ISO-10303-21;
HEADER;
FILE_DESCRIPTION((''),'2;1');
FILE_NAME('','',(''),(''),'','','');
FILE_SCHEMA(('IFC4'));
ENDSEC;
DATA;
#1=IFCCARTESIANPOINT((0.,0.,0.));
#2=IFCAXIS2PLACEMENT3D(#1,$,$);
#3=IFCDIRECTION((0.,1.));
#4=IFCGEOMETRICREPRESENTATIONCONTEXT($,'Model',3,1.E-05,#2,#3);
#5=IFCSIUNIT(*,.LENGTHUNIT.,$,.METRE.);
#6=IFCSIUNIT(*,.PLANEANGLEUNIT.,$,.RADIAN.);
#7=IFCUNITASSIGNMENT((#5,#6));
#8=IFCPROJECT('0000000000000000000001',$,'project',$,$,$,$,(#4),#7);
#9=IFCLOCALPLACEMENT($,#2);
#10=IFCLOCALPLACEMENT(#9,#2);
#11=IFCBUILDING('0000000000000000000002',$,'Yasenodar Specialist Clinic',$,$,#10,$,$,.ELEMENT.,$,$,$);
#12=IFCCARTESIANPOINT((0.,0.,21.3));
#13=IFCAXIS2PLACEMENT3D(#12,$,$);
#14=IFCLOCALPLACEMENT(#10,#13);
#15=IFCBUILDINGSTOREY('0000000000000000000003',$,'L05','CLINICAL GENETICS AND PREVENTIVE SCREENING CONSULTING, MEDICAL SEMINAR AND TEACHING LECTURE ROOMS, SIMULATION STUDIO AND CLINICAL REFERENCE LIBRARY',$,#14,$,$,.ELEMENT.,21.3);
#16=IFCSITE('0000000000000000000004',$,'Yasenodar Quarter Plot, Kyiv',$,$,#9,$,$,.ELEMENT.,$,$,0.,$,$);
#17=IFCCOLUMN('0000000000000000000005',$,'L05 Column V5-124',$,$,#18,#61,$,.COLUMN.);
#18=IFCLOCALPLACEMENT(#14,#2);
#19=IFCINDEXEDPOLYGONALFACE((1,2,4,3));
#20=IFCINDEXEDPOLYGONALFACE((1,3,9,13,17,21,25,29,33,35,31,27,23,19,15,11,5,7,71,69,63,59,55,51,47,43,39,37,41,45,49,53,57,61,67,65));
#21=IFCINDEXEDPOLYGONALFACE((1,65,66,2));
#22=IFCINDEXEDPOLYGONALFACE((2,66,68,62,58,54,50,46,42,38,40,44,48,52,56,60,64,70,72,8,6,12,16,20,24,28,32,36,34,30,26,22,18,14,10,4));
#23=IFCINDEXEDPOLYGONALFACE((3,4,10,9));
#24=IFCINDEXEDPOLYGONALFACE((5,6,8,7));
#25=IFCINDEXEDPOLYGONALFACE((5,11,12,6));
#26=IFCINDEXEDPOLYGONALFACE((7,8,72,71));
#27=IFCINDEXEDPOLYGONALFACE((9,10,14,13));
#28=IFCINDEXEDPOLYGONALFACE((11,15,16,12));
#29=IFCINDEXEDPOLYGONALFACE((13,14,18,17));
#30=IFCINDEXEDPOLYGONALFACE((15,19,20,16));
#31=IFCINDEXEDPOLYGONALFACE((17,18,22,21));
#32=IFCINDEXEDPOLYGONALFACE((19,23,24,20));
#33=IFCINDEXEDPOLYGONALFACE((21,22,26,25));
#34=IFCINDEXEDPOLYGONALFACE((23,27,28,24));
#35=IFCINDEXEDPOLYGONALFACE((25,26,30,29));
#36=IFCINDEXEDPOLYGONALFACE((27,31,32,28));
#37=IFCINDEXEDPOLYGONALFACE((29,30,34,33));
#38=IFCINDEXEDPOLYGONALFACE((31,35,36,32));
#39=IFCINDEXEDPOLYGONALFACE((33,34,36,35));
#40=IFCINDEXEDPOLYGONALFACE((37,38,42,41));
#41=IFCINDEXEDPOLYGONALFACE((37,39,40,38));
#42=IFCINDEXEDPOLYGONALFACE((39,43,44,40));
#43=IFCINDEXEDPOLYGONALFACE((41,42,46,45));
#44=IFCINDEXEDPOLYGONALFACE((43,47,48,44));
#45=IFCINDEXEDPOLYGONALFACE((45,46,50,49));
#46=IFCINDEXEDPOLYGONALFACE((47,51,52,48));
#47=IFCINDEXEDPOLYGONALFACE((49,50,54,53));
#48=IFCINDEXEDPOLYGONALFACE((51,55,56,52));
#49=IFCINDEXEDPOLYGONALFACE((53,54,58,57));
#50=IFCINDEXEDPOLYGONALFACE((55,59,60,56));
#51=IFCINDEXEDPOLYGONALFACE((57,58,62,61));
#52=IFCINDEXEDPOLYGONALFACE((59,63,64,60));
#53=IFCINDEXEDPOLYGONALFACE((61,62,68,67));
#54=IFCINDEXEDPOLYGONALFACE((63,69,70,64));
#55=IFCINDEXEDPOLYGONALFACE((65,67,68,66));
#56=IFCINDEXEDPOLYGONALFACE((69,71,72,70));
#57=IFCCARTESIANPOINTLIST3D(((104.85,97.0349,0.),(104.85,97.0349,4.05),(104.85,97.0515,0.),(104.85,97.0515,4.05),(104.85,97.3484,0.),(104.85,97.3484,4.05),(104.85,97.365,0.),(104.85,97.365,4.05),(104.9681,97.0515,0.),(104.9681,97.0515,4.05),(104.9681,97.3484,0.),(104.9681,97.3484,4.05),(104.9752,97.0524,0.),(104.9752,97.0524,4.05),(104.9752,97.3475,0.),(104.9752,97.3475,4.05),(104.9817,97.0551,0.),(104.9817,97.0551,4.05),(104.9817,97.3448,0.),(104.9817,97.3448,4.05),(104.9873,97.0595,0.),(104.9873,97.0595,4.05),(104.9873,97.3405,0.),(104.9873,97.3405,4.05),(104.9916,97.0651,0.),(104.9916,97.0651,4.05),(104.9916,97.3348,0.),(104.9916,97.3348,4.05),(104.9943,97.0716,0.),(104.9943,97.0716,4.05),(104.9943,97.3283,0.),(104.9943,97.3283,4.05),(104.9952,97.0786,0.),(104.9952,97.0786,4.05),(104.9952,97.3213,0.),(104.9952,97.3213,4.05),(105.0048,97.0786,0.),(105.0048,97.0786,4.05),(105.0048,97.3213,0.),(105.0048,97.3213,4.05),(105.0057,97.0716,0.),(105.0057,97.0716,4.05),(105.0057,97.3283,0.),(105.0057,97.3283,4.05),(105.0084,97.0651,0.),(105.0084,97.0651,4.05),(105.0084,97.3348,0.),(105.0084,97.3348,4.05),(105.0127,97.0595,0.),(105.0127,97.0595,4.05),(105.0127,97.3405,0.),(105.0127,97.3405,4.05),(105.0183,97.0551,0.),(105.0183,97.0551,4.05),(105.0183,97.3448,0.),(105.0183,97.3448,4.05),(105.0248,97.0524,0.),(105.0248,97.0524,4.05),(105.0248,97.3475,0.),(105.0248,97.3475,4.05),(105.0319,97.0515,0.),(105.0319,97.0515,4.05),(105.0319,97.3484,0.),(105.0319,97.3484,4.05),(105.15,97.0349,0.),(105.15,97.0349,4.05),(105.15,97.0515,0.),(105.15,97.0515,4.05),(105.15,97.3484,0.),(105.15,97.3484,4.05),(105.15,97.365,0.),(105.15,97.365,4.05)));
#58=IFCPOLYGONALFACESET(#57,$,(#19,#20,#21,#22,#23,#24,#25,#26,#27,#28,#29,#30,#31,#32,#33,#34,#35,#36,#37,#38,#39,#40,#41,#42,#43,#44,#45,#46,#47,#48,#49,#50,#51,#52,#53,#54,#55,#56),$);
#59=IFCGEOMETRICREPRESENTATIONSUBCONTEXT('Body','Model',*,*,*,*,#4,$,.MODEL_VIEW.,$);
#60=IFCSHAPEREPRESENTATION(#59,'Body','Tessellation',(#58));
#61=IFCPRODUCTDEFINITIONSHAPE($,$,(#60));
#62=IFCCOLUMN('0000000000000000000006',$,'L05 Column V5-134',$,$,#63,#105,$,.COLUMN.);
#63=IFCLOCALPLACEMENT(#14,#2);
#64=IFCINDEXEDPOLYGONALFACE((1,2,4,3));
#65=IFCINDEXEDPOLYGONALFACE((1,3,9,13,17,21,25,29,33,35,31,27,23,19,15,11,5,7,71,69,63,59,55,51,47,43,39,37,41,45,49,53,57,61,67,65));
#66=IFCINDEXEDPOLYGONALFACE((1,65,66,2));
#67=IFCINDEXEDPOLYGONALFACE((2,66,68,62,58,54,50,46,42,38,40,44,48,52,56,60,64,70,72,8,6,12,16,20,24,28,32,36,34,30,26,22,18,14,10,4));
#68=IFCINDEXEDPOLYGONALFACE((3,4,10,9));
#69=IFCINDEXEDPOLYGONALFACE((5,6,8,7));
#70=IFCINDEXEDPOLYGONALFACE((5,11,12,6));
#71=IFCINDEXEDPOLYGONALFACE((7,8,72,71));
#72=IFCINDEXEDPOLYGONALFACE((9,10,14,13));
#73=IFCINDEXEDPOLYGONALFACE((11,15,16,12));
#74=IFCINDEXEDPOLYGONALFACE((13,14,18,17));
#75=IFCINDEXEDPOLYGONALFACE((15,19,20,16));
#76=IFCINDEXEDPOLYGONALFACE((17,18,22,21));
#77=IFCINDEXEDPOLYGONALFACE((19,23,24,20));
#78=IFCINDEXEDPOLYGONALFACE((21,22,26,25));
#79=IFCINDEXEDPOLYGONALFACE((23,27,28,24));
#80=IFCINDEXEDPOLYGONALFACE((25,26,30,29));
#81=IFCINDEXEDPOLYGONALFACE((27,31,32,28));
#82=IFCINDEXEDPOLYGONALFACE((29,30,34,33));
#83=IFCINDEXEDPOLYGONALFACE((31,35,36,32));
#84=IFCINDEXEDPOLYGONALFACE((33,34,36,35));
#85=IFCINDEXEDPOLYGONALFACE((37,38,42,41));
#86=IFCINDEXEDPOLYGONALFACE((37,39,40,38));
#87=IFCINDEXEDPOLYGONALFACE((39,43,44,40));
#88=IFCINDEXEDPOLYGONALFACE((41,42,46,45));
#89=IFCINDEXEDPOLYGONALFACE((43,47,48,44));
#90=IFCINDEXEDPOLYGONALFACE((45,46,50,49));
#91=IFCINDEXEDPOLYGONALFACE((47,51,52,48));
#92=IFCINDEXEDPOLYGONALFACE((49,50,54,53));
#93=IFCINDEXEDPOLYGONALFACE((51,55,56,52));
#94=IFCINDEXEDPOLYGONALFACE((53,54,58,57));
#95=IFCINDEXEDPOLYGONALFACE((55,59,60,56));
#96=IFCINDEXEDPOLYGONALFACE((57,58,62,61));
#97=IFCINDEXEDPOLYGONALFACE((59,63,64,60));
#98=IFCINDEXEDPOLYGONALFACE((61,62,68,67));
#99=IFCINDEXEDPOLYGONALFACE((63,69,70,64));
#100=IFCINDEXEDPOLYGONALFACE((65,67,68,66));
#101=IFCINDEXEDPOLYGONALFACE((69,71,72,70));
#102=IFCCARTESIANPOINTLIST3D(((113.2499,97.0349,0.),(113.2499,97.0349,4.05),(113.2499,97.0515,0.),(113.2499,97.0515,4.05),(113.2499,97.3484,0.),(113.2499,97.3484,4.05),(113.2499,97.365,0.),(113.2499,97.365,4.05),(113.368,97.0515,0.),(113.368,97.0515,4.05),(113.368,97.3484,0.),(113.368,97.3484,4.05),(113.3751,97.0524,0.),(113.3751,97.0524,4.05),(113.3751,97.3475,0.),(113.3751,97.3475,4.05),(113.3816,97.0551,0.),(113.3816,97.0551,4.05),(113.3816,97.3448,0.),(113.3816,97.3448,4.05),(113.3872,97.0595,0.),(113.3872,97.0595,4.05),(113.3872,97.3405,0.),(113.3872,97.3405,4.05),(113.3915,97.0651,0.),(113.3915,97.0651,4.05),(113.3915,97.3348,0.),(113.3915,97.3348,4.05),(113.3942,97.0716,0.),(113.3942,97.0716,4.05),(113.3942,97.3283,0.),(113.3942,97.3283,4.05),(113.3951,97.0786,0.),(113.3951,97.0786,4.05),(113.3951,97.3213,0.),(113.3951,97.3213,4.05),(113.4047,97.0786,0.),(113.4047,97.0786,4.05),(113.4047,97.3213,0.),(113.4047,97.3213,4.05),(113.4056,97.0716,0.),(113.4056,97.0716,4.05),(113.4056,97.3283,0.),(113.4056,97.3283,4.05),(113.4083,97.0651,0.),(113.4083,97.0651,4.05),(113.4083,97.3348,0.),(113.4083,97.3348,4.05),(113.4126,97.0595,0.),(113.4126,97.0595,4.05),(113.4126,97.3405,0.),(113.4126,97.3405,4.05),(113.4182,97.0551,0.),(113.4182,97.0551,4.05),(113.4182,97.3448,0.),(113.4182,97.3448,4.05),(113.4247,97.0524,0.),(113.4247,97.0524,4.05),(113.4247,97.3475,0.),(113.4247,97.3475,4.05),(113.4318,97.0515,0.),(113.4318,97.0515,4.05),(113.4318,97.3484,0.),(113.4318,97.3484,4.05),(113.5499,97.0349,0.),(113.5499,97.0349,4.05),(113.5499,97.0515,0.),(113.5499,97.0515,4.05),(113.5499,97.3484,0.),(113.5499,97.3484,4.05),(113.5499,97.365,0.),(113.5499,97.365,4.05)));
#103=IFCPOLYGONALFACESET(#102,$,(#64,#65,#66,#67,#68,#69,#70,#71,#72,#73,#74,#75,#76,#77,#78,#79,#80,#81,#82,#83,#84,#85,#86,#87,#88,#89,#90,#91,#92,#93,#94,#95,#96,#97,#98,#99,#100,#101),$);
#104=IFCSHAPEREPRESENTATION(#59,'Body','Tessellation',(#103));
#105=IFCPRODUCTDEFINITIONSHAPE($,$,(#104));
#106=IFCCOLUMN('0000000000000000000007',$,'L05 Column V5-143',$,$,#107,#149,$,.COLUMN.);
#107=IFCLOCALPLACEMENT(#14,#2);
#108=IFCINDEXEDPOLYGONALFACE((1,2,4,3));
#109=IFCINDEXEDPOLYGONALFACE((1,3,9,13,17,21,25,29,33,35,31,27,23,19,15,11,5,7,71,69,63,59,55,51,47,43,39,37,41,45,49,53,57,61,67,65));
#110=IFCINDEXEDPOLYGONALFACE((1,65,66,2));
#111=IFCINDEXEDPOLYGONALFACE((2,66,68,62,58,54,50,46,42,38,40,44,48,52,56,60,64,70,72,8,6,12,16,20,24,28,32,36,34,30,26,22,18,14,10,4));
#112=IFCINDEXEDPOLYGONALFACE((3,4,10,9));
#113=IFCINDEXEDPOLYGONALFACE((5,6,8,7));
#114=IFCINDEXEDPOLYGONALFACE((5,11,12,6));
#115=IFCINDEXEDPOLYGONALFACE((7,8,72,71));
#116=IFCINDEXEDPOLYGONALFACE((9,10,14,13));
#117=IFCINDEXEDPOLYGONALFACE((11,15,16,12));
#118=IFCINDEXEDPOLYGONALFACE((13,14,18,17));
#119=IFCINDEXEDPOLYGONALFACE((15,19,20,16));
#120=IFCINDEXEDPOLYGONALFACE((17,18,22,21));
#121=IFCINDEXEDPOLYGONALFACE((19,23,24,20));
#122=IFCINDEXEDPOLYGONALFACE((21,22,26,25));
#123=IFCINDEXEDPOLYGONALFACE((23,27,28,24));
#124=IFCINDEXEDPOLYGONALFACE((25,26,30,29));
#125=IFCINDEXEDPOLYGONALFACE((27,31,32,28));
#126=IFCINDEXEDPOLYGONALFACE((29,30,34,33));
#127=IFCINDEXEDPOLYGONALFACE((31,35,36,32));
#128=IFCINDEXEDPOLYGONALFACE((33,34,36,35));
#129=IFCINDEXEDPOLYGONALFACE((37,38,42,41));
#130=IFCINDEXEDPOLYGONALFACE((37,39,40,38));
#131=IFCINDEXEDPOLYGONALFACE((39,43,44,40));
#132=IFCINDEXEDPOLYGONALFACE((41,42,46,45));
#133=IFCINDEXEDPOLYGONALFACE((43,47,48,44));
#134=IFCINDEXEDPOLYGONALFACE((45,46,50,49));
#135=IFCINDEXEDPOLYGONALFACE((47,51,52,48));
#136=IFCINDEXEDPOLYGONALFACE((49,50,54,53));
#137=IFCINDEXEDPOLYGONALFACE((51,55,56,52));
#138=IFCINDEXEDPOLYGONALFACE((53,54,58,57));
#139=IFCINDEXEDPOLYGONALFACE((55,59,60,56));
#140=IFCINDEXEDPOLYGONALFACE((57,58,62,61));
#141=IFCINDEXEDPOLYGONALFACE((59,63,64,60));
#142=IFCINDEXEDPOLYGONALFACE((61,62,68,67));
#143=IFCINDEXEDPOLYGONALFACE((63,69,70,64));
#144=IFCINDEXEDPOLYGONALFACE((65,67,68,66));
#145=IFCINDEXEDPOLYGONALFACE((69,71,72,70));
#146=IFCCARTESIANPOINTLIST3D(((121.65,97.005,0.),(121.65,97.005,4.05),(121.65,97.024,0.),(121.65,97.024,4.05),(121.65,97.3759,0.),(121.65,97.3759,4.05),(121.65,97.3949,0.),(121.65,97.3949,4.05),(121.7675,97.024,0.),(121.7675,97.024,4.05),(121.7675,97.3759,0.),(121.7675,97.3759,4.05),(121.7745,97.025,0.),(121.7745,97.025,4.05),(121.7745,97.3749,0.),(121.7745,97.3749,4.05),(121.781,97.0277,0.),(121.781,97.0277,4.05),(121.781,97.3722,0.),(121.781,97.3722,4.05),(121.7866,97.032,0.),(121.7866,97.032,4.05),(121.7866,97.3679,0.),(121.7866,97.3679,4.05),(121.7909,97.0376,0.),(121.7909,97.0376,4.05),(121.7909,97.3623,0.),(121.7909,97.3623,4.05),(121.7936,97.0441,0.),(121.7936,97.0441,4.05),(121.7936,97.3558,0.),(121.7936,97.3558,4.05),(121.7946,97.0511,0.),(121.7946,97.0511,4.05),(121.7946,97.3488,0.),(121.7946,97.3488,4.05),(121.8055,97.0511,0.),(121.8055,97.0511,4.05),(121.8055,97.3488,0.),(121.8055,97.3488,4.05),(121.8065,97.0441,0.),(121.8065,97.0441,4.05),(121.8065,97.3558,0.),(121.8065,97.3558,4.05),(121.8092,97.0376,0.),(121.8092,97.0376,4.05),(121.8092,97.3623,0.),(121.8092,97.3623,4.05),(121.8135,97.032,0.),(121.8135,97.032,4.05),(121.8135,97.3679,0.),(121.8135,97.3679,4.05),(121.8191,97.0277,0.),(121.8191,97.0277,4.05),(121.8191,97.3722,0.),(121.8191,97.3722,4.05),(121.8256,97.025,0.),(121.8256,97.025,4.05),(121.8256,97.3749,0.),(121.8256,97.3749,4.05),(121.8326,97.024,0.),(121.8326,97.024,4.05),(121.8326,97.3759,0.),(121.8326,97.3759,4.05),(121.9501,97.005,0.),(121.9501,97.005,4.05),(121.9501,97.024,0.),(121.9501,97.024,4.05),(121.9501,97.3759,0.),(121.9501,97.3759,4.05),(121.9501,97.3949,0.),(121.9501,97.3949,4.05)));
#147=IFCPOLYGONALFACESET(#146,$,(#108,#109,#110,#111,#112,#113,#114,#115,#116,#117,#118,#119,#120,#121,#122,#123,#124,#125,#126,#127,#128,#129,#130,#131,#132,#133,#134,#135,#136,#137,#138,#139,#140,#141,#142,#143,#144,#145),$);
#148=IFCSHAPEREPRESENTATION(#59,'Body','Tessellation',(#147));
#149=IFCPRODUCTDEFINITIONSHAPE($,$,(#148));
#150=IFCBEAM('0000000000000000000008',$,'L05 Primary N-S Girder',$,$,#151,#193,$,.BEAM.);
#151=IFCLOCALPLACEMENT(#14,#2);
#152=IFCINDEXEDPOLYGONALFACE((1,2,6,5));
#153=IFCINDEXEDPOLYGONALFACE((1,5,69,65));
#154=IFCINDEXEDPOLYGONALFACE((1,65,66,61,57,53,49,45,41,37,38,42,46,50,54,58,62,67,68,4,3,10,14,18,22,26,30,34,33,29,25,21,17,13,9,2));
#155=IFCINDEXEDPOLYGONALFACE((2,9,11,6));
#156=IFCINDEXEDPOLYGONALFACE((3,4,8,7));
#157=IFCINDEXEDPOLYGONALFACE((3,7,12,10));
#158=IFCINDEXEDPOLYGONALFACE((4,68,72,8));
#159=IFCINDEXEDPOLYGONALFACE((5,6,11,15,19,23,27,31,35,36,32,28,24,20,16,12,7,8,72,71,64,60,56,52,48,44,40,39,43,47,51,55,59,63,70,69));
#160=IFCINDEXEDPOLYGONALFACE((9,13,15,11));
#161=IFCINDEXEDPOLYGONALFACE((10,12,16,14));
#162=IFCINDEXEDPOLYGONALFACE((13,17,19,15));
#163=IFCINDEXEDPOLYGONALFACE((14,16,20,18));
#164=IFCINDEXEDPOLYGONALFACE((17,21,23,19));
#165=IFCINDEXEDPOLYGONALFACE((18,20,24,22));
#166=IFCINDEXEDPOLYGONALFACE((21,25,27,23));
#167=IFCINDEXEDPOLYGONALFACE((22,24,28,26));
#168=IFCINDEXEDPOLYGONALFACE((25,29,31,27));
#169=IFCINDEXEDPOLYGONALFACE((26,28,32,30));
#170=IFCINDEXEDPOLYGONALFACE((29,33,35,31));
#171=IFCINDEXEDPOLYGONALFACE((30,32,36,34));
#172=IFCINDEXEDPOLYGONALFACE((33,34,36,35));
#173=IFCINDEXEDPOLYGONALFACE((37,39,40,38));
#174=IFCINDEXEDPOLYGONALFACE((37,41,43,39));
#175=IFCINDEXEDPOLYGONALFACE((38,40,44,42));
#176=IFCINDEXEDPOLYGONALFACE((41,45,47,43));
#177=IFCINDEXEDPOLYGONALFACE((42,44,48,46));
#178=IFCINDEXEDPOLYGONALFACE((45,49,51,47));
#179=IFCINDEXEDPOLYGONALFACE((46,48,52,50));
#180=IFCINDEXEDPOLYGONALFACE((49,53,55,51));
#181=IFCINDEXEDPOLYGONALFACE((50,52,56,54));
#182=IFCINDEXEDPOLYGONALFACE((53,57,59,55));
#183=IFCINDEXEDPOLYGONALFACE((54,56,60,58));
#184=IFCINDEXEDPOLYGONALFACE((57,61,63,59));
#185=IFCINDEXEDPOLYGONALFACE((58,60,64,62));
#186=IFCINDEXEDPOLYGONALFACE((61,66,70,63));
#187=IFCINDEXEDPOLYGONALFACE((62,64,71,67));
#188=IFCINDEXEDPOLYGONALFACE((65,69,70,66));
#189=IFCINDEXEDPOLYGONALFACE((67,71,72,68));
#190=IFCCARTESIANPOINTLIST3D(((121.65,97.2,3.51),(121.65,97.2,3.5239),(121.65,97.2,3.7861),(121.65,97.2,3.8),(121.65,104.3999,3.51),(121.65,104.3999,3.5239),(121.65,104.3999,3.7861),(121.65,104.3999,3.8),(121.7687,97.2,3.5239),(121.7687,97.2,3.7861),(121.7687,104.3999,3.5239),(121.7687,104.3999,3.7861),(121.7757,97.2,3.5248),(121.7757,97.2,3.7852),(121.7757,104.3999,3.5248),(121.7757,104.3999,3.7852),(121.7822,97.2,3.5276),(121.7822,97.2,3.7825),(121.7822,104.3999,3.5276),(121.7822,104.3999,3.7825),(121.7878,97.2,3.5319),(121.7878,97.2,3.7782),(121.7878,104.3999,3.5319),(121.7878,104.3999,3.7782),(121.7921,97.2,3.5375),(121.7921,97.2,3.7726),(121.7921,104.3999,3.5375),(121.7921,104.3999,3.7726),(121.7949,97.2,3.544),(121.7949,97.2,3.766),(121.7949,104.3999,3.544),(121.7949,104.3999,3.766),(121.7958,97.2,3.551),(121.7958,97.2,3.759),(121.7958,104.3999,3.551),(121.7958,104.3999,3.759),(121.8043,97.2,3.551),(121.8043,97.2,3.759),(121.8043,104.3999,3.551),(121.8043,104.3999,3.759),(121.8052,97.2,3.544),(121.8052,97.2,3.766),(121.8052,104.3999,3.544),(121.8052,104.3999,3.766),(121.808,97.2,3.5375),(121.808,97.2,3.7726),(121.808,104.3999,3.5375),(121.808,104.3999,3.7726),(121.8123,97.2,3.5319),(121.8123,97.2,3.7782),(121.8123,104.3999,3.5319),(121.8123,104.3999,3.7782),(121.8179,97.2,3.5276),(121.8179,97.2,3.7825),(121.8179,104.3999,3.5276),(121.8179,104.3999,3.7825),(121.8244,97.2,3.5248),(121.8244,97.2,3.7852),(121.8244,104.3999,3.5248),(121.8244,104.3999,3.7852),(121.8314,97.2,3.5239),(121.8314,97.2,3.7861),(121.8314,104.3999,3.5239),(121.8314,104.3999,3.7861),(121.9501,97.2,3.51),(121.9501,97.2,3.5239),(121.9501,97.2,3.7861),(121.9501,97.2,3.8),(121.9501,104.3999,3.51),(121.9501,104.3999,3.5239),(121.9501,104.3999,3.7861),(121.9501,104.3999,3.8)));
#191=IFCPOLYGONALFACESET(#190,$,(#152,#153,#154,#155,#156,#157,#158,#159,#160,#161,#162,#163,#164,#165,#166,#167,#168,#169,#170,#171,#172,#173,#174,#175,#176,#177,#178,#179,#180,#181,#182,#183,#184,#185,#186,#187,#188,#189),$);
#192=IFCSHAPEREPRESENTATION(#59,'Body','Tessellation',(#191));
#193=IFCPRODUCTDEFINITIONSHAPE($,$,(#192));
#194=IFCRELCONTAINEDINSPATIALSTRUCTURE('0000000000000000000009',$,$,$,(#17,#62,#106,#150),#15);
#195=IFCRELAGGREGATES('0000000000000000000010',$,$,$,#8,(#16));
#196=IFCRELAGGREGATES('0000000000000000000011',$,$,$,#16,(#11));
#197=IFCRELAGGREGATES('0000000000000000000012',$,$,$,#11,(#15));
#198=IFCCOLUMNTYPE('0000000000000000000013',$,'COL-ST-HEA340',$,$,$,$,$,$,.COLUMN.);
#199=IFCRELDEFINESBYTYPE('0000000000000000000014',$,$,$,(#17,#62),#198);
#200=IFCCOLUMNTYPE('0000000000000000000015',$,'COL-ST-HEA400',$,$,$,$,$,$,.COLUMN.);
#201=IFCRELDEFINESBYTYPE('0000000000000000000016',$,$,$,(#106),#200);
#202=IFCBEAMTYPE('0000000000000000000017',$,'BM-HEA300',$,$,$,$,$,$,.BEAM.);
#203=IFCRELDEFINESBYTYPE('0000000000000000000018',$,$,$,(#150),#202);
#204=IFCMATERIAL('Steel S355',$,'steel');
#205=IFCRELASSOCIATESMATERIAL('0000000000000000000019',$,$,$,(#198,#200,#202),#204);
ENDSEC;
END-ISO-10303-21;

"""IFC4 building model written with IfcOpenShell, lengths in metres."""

from ifc_helpers import new_model, si_unit, direction, frame, origin, origin_2d, place, context, subcontext, project, spatial, i_section, extrude, material, material_profile, profile_set, type_object, element, save


model = new_model("IFC4")

# Units and contexts
model_context = context("Model", 3, precision=1e-05, world=origin(), true_north=direction((0.0, 1.0)))
body_context = subcontext(model_context, "Body", "Model", "MODEL_VIEW")
ifc_project = project(units=[si_unit("LENGTHUNIT", "METRE"), si_unit("PLANEANGLEUNIT", "RADIAN")], contexts=[model_context])

# Site, building, storey
site_placement = place(None, origin())
site = spatial("IfcSite", under=ifc_project, at=site_placement, Name="Yasenodar Quarter Plot, Kyiv", CompositionType="ELEMENT", RefElevation=0.0)
building_placement = place(site_placement, origin())
building = spatial("IfcBuilding", under=site, at=building_placement, Name="Yasenodar Specialist Clinic", CompositionType="ELEMENT")
storey_placement = place(building_placement, frame((0.0, 0.0, 21.3)))
storey = spatial("IfcBuildingStorey", under=building, at=storey_placement, Name="L05", Description="CLINICAL GENETICS AND PREVENTIVE SCREENING CONSULTING, MEDICAL SEMINAR AND TEACHING LECTURE ROOMS, SIMULATION STUDIO AND CLINICAL REFERENCE LIBRARY", CompositionType="ELEMENT", Elevation=21.3)

# Columns
ifc_material_1 = material(Name="Steel S355", Category="steel")
ifc_material_profile_1 = material_profile(ifc_material_1, i_section(OverallWidth=0.3, OverallDepth=0.3301, WebThickness=0.0095, FlangeThickness=0.0166, FilletRadius=0.0271, at=origin_2d()), Name="HEA 340")
ifc_profile_set_1 = profile_set([ifc_material_profile_1], Name="Steel S355")
column_type_1 = type_object("IfcColumnType", Name="COL-ST-HEA340", PredefinedType="COLUMN", material=ifc_profile_set_1)
for number, where, z_axis, x_axis, name in (
    (1, (105.0, 97.2, 0.0), (0.0, 0.0, 1.0), (1.0, 0.0, 0.0), "L05 Column V5-124"),
    (2, (113.3999, 97.2, 0.0), (0.0, 0.0, 1.0), (1.0, 0.0, 0.0), "L05 Column V5-134"),
):
    element("IfcColumn", number, at=place(storey_placement, frame(where, z_axis=z_axis, x_axis=x_axis)), inside=storey, type_object=column_type_1, Name=name, PredefinedType="COLUMN", context=body_context, shape_type="SweptSolid", body=[
        extrude(i_section(OverallWidth=0.3, OverallDepth=0.3301, WebThickness=0.0095, FlangeThickness=0.0166, FilletRadius=0.0271, at=origin_2d()), origin(), (0.0, 0.0, 1.0), 4.05),
    ])
ifc_material_profile_2 = material_profile(ifc_material_1, i_section(OverallWidth=0.3, OverallDepth=0.3899, WebThickness=0.011, FlangeThickness=0.019, FilletRadius=0.0271, at=origin_2d()), Name="HEA 400")
ifc_profile_set_2 = profile_set([ifc_material_profile_2], Name="Steel S355")
column_type_2 = type_object("IfcColumnType", Name="COL-ST-HEA400", PredefinedType="COLUMN", material=ifc_profile_set_2)
column_placement = place(storey_placement, frame((121.8, 97.2, 0.0), z_axis=(0.0, 0.0, 1.0), x_axis=(1.0, 0.0, 0.0)))
element("IfcColumn", 3, at=column_placement, inside=storey, type_object=column_type_2, Name="L05 Column V5-143", PredefinedType="COLUMN", context=body_context, shape_type="SweptSolid", body=[
    extrude(i_section(OverallWidth=0.3, OverallDepth=0.3899, WebThickness=0.011, FlangeThickness=0.019, FilletRadius=0.0271, at=origin_2d()), origin(), (0.0, 0.0, 1.0), 4.05),
])

# Beam
ifc_material_profile_3 = material_profile(ifc_material_1, i_section(OverallWidth=0.3, OverallDepth=0.29, WebThickness=0.0085, FlangeThickness=0.0139, FilletRadius=0.0271, at=origin_2d()), Name="HEA 300")
ifc_profile_set_3 = profile_set([ifc_material_profile_3], Name="Steel S355")
beam_type_1 = type_object("IfcBeamType", Name="BM-HEA300", PredefinedType="BEAM", material=ifc_profile_set_3)
beam_1_placement = place(storey_placement, frame((121.8, 97.2, 3.655), z_axis=(0.0, 1.0, 0.0), x_axis=(-1.0, 0.0, 0.0)))
element("IfcBeam", 4, at=beam_1_placement, inside=storey, type_object=beam_type_1, Name="L05 Primary N-S Girder", PredefinedType="BEAM", context=body_context, shape_type="SweptSolid", body=[
    extrude(i_section(OverallWidth=0.3, OverallDepth=0.29, WebThickness=0.0085, FlangeThickness=0.0139, FilletRadius=0.0271, at=origin_2d()), origin(), (0.0, 0.0, 1.0), 7.2),
])

save(model, "model.ifc")
